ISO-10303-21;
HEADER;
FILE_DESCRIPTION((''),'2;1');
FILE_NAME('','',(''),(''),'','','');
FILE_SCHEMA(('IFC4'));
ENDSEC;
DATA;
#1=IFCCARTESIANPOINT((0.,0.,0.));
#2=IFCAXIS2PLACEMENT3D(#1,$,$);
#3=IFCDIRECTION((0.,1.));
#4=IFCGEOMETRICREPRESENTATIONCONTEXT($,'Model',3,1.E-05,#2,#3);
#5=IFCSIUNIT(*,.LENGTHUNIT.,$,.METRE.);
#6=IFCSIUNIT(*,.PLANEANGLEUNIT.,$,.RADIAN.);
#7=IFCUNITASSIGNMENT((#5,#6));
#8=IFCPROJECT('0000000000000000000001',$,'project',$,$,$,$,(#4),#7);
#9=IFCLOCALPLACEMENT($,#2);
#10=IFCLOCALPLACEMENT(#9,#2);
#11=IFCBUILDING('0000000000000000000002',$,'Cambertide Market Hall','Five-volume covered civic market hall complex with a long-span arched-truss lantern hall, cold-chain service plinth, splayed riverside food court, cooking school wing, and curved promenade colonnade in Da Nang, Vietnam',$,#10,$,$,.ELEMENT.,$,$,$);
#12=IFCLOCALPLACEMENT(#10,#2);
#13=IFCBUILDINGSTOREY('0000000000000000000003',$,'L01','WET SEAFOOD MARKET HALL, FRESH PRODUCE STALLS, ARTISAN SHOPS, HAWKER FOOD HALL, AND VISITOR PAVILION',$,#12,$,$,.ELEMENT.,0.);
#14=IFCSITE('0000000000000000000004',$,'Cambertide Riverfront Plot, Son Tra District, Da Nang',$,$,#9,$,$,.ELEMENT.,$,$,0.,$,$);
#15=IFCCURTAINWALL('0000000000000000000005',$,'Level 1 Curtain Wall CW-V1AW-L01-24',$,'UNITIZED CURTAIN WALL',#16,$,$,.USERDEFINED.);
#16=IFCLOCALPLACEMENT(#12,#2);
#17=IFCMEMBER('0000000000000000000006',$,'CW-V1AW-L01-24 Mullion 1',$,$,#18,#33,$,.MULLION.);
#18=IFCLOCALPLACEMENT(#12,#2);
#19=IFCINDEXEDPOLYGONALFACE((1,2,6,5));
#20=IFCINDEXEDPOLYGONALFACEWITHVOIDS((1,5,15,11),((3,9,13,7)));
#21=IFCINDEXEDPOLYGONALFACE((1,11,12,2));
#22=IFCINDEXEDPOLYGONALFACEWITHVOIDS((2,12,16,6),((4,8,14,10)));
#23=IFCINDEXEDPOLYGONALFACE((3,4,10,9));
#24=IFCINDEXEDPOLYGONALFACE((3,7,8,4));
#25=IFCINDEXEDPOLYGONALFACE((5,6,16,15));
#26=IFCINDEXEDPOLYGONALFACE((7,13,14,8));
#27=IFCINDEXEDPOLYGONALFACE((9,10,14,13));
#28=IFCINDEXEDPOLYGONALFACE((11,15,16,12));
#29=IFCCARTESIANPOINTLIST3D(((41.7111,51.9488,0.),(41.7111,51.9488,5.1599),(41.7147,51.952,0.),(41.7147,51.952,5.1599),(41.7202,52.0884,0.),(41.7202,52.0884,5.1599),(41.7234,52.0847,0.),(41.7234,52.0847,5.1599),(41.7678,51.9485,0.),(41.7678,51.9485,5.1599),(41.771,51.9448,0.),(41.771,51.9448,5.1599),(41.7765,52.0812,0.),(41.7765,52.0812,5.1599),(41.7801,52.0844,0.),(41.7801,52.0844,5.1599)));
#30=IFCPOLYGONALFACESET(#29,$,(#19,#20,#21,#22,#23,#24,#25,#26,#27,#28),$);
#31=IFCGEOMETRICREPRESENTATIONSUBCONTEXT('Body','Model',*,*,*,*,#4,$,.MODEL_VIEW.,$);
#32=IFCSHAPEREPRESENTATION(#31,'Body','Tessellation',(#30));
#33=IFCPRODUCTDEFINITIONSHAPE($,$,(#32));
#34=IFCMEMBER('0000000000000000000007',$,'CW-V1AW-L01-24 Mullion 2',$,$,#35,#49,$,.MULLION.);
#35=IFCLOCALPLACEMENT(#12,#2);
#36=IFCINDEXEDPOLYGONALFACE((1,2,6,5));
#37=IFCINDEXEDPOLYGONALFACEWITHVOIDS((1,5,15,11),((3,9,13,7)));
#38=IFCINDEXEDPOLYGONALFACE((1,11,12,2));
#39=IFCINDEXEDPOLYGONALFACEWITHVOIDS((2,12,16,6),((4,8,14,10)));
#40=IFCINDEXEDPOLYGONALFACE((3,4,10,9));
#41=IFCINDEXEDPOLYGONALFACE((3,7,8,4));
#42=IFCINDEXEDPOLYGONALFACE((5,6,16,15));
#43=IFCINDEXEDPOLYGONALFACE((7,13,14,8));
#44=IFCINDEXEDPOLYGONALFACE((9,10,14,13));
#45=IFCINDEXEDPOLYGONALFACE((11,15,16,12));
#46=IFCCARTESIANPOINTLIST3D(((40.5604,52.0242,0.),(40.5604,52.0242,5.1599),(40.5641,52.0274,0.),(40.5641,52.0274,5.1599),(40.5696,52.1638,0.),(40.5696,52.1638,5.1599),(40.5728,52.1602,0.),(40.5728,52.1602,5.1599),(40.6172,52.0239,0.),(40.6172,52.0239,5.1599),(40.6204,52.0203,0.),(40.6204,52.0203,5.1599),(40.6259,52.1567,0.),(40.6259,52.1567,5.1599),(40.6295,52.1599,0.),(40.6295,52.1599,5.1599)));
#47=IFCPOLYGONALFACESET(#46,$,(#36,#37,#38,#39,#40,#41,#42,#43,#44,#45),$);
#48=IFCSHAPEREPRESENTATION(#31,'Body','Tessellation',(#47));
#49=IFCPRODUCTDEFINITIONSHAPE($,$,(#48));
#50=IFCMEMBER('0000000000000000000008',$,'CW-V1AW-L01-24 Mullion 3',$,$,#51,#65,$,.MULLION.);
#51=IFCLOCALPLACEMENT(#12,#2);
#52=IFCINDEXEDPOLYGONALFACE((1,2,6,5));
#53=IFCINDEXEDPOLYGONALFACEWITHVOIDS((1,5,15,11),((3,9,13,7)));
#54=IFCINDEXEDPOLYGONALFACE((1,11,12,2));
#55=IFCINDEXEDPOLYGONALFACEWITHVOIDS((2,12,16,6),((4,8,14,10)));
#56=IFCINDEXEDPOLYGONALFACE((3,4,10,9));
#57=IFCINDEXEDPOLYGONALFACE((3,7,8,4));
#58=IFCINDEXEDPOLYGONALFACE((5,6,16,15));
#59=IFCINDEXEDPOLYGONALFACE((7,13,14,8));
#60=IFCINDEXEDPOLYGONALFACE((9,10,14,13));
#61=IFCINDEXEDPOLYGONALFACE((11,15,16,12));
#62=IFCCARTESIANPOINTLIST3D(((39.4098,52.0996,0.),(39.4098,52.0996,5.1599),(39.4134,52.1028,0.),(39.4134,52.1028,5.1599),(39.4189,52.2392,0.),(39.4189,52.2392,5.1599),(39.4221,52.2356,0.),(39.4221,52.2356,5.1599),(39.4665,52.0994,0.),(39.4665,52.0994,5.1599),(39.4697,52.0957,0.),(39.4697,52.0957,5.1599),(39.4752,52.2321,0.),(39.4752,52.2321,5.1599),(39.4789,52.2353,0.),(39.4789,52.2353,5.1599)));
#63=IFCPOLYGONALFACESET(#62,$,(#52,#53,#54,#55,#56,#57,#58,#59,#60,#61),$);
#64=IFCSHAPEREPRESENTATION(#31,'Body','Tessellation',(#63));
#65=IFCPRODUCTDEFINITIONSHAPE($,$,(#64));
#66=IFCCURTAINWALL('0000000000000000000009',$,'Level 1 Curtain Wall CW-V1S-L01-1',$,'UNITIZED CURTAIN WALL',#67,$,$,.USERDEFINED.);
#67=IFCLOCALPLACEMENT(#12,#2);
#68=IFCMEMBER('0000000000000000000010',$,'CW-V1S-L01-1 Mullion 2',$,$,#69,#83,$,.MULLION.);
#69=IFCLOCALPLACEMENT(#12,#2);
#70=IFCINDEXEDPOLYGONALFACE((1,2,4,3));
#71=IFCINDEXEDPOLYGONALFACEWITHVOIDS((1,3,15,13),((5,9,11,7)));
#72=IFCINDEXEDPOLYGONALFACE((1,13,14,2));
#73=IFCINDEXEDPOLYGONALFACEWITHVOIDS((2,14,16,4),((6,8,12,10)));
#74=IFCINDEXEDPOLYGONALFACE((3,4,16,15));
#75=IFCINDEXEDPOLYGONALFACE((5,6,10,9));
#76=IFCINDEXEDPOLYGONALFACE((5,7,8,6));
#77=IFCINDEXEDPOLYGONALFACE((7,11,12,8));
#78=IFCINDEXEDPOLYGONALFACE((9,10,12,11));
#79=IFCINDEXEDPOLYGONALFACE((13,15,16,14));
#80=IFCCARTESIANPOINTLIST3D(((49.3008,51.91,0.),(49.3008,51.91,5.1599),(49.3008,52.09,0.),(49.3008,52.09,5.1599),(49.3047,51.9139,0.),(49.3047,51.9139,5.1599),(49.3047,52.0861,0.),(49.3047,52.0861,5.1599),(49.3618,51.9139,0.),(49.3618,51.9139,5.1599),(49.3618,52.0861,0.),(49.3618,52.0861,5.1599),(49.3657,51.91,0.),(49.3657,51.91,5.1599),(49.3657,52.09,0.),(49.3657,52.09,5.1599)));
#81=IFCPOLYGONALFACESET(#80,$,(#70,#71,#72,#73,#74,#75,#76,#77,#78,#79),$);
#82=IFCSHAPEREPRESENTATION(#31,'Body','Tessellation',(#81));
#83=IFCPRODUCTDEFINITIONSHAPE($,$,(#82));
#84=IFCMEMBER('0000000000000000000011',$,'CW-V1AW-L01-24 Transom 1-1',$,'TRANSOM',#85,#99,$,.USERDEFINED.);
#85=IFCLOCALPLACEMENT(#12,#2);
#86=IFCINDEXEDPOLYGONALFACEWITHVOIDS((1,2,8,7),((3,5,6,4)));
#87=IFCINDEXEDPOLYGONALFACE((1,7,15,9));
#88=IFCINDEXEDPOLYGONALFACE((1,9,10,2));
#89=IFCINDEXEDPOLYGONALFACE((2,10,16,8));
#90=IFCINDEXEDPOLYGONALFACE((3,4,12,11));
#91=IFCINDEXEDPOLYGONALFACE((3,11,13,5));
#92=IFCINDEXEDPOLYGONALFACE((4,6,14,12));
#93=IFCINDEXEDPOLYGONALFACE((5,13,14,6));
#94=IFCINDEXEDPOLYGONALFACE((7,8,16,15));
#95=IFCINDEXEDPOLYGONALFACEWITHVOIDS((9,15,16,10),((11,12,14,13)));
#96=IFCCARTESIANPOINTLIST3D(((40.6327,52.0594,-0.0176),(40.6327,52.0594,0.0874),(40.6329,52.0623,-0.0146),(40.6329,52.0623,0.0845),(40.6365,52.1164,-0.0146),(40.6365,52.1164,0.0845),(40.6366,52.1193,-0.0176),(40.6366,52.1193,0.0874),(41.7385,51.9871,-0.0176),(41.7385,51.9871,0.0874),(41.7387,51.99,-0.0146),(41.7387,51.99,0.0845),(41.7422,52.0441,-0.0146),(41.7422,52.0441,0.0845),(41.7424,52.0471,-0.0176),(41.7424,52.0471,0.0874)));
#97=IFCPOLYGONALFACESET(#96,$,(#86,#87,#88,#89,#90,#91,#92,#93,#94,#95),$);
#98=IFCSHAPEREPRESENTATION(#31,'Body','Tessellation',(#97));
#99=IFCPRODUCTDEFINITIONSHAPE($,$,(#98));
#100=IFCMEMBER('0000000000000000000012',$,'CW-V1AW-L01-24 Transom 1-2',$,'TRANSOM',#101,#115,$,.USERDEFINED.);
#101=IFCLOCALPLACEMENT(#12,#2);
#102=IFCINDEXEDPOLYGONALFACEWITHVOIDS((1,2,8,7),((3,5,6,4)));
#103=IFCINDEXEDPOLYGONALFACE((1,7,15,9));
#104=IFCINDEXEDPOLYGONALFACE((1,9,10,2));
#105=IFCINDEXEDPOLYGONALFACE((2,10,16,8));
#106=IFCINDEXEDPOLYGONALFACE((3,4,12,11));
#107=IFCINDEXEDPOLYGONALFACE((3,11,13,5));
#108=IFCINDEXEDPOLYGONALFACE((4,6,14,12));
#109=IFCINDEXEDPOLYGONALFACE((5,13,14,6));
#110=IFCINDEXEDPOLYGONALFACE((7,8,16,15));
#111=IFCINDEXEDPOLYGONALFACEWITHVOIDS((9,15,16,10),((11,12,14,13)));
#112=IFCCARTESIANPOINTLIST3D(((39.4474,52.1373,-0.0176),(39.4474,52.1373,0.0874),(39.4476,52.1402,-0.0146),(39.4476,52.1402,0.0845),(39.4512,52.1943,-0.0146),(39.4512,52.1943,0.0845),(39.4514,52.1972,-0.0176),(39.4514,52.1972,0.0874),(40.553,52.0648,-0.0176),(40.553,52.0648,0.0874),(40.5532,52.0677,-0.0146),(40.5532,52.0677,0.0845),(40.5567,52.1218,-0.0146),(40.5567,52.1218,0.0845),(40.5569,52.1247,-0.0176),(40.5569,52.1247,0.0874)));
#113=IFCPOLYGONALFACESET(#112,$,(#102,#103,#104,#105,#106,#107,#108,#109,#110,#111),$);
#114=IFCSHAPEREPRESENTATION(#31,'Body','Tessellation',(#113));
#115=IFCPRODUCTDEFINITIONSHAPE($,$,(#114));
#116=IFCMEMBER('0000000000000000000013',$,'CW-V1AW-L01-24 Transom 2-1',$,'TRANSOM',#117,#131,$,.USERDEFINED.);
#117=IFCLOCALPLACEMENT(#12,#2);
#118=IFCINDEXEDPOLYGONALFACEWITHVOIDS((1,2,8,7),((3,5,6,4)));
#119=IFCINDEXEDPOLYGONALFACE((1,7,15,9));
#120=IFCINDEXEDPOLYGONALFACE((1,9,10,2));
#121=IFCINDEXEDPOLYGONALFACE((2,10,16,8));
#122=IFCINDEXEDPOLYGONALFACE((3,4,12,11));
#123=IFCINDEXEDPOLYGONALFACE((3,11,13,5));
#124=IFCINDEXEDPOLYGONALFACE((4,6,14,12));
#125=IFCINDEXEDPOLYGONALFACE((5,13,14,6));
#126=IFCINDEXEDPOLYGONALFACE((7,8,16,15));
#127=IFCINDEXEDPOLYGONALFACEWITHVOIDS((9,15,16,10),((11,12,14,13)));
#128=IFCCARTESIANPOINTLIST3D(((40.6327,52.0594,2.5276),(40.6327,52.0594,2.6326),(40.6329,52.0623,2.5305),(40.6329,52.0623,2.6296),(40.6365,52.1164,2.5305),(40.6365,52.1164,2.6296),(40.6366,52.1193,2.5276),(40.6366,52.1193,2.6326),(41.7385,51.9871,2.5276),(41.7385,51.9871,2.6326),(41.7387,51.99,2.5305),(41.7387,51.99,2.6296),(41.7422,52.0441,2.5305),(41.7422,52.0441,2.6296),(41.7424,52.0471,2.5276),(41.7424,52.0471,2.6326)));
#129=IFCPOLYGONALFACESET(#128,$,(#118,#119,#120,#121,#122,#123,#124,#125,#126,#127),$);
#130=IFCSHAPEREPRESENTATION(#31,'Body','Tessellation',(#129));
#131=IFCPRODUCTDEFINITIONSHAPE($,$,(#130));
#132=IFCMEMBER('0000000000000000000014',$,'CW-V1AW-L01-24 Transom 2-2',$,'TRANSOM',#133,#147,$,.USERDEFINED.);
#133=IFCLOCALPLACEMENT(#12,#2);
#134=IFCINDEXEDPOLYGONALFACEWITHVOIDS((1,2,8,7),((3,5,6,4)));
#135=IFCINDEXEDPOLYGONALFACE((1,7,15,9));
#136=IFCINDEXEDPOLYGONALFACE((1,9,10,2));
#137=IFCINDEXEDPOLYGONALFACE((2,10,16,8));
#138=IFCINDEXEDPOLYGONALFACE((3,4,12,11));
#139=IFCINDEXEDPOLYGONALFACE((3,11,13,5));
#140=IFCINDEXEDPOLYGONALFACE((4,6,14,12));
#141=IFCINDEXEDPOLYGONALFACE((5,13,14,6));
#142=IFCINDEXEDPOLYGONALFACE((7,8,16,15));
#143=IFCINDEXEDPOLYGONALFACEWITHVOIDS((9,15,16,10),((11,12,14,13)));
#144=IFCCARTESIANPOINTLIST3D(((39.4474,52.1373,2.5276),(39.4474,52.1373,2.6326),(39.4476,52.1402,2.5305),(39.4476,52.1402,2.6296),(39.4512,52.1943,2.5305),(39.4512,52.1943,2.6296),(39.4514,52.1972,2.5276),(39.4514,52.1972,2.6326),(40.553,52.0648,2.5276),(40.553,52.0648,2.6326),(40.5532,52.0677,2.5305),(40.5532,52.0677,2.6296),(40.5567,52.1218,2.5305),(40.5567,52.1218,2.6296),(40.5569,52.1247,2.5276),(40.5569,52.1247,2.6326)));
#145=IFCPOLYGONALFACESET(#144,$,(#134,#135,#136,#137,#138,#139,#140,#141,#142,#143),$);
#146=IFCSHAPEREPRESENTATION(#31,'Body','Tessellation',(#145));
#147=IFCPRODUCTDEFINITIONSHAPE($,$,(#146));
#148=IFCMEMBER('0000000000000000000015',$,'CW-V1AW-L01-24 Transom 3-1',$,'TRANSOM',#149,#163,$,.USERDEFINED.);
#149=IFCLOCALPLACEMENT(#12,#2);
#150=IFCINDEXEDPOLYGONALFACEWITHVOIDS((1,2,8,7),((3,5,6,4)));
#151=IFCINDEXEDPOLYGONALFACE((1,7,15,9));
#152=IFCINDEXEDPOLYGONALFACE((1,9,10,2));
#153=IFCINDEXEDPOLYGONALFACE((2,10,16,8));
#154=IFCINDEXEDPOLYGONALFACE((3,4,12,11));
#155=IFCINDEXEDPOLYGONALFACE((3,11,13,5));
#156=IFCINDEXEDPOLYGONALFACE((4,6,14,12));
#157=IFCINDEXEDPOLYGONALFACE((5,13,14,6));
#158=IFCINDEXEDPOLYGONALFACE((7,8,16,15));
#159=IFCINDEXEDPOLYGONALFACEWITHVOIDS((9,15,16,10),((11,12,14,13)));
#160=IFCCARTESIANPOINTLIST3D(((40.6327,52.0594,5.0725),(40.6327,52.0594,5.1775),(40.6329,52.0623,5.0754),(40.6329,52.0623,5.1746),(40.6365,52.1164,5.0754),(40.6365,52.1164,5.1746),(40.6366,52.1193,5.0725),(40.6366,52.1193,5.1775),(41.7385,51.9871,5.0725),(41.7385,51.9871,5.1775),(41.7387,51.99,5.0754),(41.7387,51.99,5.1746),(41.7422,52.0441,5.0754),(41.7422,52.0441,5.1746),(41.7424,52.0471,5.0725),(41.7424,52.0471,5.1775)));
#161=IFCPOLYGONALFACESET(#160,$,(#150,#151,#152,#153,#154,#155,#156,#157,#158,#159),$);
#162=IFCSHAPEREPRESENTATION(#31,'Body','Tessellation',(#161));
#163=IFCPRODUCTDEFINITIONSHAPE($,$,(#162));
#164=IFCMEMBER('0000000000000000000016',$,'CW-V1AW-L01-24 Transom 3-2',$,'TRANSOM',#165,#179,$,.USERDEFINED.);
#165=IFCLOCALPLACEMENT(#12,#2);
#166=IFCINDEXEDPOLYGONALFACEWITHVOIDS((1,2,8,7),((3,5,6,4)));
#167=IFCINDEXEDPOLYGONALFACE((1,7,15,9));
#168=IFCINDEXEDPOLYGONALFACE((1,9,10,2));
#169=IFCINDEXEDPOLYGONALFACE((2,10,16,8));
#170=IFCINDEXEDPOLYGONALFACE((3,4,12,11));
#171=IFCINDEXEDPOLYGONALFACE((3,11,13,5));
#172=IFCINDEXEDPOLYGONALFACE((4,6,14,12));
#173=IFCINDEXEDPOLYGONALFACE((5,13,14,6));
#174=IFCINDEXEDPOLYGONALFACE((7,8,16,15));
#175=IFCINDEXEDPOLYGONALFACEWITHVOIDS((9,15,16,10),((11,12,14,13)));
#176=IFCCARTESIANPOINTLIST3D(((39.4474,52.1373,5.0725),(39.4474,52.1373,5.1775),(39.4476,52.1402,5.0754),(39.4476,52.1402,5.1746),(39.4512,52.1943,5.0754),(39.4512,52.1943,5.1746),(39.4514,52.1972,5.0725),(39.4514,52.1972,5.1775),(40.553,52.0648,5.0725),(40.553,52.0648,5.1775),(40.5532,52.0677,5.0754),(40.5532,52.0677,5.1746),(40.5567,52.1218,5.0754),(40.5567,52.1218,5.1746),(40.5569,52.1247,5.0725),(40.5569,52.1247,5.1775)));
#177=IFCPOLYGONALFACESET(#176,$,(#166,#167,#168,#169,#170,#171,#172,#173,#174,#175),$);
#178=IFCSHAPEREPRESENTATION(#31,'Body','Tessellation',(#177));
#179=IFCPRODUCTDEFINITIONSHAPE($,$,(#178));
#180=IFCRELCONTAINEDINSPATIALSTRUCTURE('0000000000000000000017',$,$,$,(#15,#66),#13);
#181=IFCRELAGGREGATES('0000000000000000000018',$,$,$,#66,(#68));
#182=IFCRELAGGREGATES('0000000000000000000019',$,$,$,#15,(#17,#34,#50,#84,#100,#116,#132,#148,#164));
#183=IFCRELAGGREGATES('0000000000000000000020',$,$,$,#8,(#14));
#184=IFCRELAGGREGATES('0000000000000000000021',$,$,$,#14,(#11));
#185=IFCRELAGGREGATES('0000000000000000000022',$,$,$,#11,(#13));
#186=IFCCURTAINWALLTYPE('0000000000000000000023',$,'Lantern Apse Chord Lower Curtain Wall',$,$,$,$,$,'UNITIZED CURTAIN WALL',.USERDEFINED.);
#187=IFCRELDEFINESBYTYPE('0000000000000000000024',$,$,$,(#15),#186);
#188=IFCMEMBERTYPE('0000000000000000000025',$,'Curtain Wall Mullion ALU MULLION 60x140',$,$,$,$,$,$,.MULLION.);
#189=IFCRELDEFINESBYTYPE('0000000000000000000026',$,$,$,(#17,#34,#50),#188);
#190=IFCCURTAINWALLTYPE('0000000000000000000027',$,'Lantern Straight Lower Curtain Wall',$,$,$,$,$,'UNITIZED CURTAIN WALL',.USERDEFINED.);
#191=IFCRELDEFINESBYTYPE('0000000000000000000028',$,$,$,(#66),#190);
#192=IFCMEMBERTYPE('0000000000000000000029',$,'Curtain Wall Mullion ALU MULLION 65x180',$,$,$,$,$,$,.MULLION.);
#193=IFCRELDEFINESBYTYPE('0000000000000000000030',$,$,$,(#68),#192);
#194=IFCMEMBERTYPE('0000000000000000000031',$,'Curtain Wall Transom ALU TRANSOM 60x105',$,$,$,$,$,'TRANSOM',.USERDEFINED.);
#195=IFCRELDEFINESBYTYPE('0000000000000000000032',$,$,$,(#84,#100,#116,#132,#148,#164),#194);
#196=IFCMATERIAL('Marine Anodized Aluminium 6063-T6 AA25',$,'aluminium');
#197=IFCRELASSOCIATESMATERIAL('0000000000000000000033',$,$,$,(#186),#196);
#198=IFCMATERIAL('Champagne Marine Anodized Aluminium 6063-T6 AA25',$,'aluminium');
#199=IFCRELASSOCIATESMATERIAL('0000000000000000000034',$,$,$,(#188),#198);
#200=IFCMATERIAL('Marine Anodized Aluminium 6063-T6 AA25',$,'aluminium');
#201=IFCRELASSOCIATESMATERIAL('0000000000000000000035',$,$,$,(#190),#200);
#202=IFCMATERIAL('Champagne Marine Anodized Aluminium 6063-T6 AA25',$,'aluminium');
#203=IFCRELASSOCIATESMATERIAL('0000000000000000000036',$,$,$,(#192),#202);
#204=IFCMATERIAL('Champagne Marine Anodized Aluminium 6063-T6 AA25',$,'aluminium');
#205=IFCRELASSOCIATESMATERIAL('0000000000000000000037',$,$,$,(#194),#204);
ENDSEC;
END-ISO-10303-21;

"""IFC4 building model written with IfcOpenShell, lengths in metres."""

from ifc_helpers import new_model, si_unit, direction, frame, origin, origin_2d, place, context, subcontext, project, spatial, hollow_rectangle, extrude, material, material_profile, profile_set, type_object, element, aggregate, save


model = new_model("IFC4")

# Units and contexts
model_context = context("Model", 3, precision=1e-05, world=origin(), true_north=direction((0.0, 1.0)))
body_context = subcontext(model_context, "Body", "Model", "MODEL_VIEW")
ifc_project = project(units=[si_unit("LENGTHUNIT", "METRE"), si_unit("PLANEANGLEUNIT", "RADIAN")], contexts=[model_context])

# Site, building, storey
site_placement = place(None, origin())
site = spatial("IfcSite", under=ifc_project, at=site_placement, Name="Cambertide Riverfront Plot, Son Tra District, Da Nang", CompositionType="ELEMENT", RefElevation=0.0)
building_placement = place(site_placement, origin())
building = spatial("IfcBuilding", under=site, at=building_placement, Name="Cambertide Market Hall", Description="Five-volume covered civic market hall complex with a long-span arched-truss lantern hall, cold-chain service plinth, splayed riverside food court, cooking school wing, and curved promenade colonnade in Da Nang, Vietnam", CompositionType="ELEMENT")
storey_placement = place(building_placement, origin())
storey = spatial("IfcBuildingStorey", under=building, at=storey_placement, Name="L01", Description="WET SEAFOOD MARKET HALL, FRESH PRODUCE STALLS, ARTISAN SHOPS, HAWKER FOOD HALL, AND VISITOR PAVILION", CompositionType="ELEMENT", Elevation=0.0)

# Curtain wall, members
ifc_material_1 = material(Name="Marine Anodized Aluminium 6063-T6 AA25", Category="aluminium")
curtain_wall_type_1 = type_object("IfcCurtainWallType", Name="Lantern Apse Chord Lower Curtain Wall", ElementType="UNITIZED CURTAIN WALL", PredefinedType="USERDEFINED", material=ifc_material_1)
curtain_wall_1_placement = place(storey_placement, origin())
curtain_wall_1 = element("IfcCurtainWall", 1, at=curtain_wall_1_placement, inside=storey, type_object=curtain_wall_type_1, Name="Level 1 Curtain Wall CW-V1AW-L01-24", ObjectType="UNITIZED CURTAIN WALL", PredefinedType="USERDEFINED")
ifc_material_2 = material(Name="Champagne Marine Anodized Aluminium 6063-T6 AA25", Category="aluminium")
ifc_material_profile_1 = material_profile(ifc_material_2, hollow_rectangle(XDim=0.0601, YDim=0.1399, WallThickness=0.0034, at=origin_2d()), Name="ALU MULLION 60x140")
ifc_profile_set_1 = profile_set([ifc_material_profile_1], Name="Champagne Marine Anodized Aluminium 6063-T6 AA25")
member_type_1 = type_object("IfcMemberType", Name="Curtain Wall Mullion ALU MULLION 60x140", PredefinedType="MULLION", material=ifc_profile_set_1)
member_1_placement = place(storey_placement, frame((41.7456, 52.0166, 0.0), z_axis=(0.0, 0.0, 1.0), x_axis=(-0.997859, 0.065403, 0.0)))
member_1 = element("IfcMember", 2, at=member_1_placement, type_object=member_type_1, Name="CW-V1AW-L01-24 Mullion 1", PredefinedType="MULLION", context=body_context, shape_type="SweptSolid", body=[
    extrude(hollow_rectangle(XDim=0.0601, YDim=0.1399, WallThickness=0.0034, at=origin_2d()), origin(), (0.0, 0.0, 1.0), 5.1599),
])
member_2_placement = place(storey_placement, frame((40.595, 52.092, 0.0), z_axis=(0.0, 0.0, 1.0), x_axis=(-0.997859, 0.065403, 0.0)))
member_2 = element("IfcMember", 3, at=member_2_placement, type_object=member_type_1, Name="CW-V1AW-L01-24 Mullion 2", PredefinedType="MULLION", context=body_context, shape_type="SweptSolid", body=[
    extrude(hollow_rectangle(XDim=0.0601, YDim=0.1399, WallThickness=0.0034, at=origin_2d()), origin(), (0.0, 0.0, 1.0), 5.1599),
])
member_3_placement = place(storey_placement, frame((39.4443, 52.1675, 0.0), z_axis=(0.0, 0.0, 1.0), x_axis=(-0.997859, 0.065403, 0.0)))
member_3 = element("IfcMember", 4, at=member_3_placement, type_object=member_type_1, Name="CW-V1AW-L01-24 Mullion 3", PredefinedType="MULLION", context=body_context, shape_type="SweptSolid", body=[
    extrude(hollow_rectangle(XDim=0.0601, YDim=0.1399, WallThickness=0.0034, at=origin_2d()), origin(), (0.0, 0.0, 1.0), 5.1599),
])

# Curtain wall, member
ifc_material_3 = material(Name="Marine Anodized Aluminium 6063-T6 AA25", Category="aluminium")
curtain_wall_type_2 = type_object("IfcCurtainWallType", Name="Lantern Straight Lower Curtain Wall", ElementType="UNITIZED CURTAIN WALL", PredefinedType="USERDEFINED", material=ifc_material_3)
curtain_wall_2_placement = place(storey_placement, origin())
curtain_wall_2 = element("IfcCurtainWall", 5, at=curtain_wall_2_placement, inside=storey, type_object=curtain_wall_type_2, Name="Level 1 Curtain Wall CW-V1S-L01-1", ObjectType="UNITIZED CURTAIN WALL", PredefinedType="USERDEFINED")
ifc_material_4 = material(Name="Champagne Marine Anodized Aluminium 6063-T6 AA25", Category="aluminium")
ifc_material_profile_2 = material_profile(ifc_material_4, hollow_rectangle(XDim=0.0649, YDim=0.1799, WallThickness=0.0039, at=origin_2d()), Name="ALU MULLION 65x180")
ifc_profile_set_2 = profile_set([ifc_material_profile_2], Name="Champagne Marine Anodized Aluminium 6063-T6 AA25")
member_type_2 = type_object("IfcMemberType", Name="Curtain Wall Mullion ALU MULLION 65x180", PredefinedType="MULLION", material=ifc_profile_set_2)
member_4_placement = place(storey_placement, frame((49.3333, 52.0, 0.0), z_axis=(0.0, 0.0, 1.0), x_axis=(-1.0, 0.0, 0.0)))
member_4 = element("IfcMember", 6, at=member_4_placement, type_object=member_type_2, Name="CW-V1S-L01-1 Mullion 2", PredefinedType="MULLION", context=body_context, shape_type="SweptSolid", body=[
    extrude(hollow_rectangle(XDim=0.0649, YDim=0.1799, WallThickness=0.0039, at=origin_2d()), origin(), (0.0, 0.0, 1.0), 5.1599),
])

# Members
ifc_material_5 = material(Name="Champagne Marine Anodized Aluminium 6063-T6 AA25", Category="aluminium")
ifc_material_profile_3 = material_profile(ifc_material_5, hollow_rectangle(XDim=0.0601, YDim=0.105, WallThickness=0.0029, at=origin_2d()), Name="ALU TRANSOM 60x105")
ifc_profile_set_3 = profile_set([ifc_material_profile_3], Name="Champagne Marine Anodized Aluminium 6063-T6 AA25")
member_type_3 = type_object("IfcMemberType", Name="Curtain Wall Transom ALU TRANSOM 60x105", ElementType="TRANSOM", PredefinedType="USERDEFINED", material=ifc_profile_set_3)
member_5_placement = place(storey_placement, frame((41.7405, 52.0171, 0.0349), z_axis=(-0.997871, 0.065217, 0.0), x_axis=(-0.065217, -0.997871, 0.0)))
member_5 = element("IfcMember", 7, at=member_5_placement, type_object=member_type_3, Name="CW-V1AW-L01-24 Transom 1-1", ObjectType="TRANSOM", PredefinedType="USERDEFINED", context=body_context, shape_type="SweptSolid", body=[
    extrude(hollow_rectangle(XDim=0.0601, YDim=0.105, WallThickness=0.0029, at=origin_2d()), origin(), (0.0, 0.0, 1.0), 1.1082),
])
member_6_placement = place(storey_placement, frame((40.5549, 52.0947, 0.0349), z_axis=(-0.997856, 0.065451, 0.0), x_axis=(-0.065451, -0.997856, 0.0)))
member_6 = element("IfcMember", 8, at=member_6_placement, type_object=member_type_3, Name="CW-V1AW-L01-24 Transom 1-2", ObjectType="TRANSOM", PredefinedType="USERDEFINED", context=body_context, shape_type="SweptSolid", body=[
    extrude(hollow_rectangle(XDim=0.0601, YDim=0.105, WallThickness=0.0029, at=origin_2d()), origin(), (0.0, 0.0, 1.0), 1.1079),
])
member_7_placement = place(storey_placement, frame((41.7405, 52.0171, 2.5801), z_axis=(-0.997871, 0.065217, 0.0), x_axis=(-0.065217, -0.997871, 0.0)))
member_7 = element("IfcMember", 9, at=member_7_placement, type_object=member_type_3, Name="CW-V1AW-L01-24 Transom 2-1", ObjectType="TRANSOM", PredefinedType="USERDEFINED", context=body_context, shape_type="SweptSolid", body=[
    extrude(hollow_rectangle(XDim=0.0601, YDim=0.105, WallThickness=0.0029, at=origin_2d()), origin(), (0.0, 0.0, 1.0), 1.1082),
])
member_8_placement = place(storey_placement, frame((40.5549, 52.0947, 2.5801), z_axis=(-0.997856, 0.065451, 0.0), x_axis=(-0.065451, -0.997856, 0.0)))
member_8 = element("IfcMember", 10, at=member_8_placement, type_object=member_type_3, Name="CW-V1AW-L01-24 Transom 2-2", ObjectType="TRANSOM", PredefinedType="USERDEFINED", context=body_context, shape_type="SweptSolid", body=[
    extrude(hollow_rectangle(XDim=0.0601, YDim=0.105, WallThickness=0.0029, at=origin_2d()), origin(), (0.0, 0.0, 1.0), 1.1079),
])
member_9_placement = place(storey_placement, frame((41.7405, 52.0171, 5.125), z_axis=(-0.997871, 0.065217, 0.0), x_axis=(-0.065217, -0.997871, 0.0)))
member_9 = element("IfcMember", 11, at=member_9_placement, type_object=member_type_3, Name="CW-V1AW-L01-24 Transom 3-1", ObjectType="TRANSOM", PredefinedType="USERDEFINED", context=body_context, shape_type="SweptSolid", body=[
    extrude(hollow_rectangle(XDim=0.0601, YDim=0.105, WallThickness=0.0029, at=origin_2d()), origin(), (0.0, 0.0, 1.0), 1.1082),
])
member_10_placement = place(storey_placement, frame((40.5549, 52.0947, 5.125), z_axis=(-0.997856, 0.065451, 0.0), x_axis=(-0.065451, -0.997856, 0.0)))
member_10 = element("IfcMember", 12, at=member_10_placement, type_object=member_type_3, Name="CW-V1AW-L01-24 Transom 3-2", ObjectType="TRANSOM", PredefinedType="USERDEFINED", context=body_context, shape_type="SweptSolid", body=[
    extrude(hollow_rectangle(XDim=0.0601, YDim=0.105, WallThickness=0.0029, at=origin_2d()), origin(), (0.0, 0.0, 1.0), 1.1079),
])

aggregate(curtain_wall_2, [member_4])
aggregate(curtain_wall_1, [member_1, member_2, member_3, member_5, member_6, member_7, member_8, member_9, member_10])

save(model, "model.ifc")
